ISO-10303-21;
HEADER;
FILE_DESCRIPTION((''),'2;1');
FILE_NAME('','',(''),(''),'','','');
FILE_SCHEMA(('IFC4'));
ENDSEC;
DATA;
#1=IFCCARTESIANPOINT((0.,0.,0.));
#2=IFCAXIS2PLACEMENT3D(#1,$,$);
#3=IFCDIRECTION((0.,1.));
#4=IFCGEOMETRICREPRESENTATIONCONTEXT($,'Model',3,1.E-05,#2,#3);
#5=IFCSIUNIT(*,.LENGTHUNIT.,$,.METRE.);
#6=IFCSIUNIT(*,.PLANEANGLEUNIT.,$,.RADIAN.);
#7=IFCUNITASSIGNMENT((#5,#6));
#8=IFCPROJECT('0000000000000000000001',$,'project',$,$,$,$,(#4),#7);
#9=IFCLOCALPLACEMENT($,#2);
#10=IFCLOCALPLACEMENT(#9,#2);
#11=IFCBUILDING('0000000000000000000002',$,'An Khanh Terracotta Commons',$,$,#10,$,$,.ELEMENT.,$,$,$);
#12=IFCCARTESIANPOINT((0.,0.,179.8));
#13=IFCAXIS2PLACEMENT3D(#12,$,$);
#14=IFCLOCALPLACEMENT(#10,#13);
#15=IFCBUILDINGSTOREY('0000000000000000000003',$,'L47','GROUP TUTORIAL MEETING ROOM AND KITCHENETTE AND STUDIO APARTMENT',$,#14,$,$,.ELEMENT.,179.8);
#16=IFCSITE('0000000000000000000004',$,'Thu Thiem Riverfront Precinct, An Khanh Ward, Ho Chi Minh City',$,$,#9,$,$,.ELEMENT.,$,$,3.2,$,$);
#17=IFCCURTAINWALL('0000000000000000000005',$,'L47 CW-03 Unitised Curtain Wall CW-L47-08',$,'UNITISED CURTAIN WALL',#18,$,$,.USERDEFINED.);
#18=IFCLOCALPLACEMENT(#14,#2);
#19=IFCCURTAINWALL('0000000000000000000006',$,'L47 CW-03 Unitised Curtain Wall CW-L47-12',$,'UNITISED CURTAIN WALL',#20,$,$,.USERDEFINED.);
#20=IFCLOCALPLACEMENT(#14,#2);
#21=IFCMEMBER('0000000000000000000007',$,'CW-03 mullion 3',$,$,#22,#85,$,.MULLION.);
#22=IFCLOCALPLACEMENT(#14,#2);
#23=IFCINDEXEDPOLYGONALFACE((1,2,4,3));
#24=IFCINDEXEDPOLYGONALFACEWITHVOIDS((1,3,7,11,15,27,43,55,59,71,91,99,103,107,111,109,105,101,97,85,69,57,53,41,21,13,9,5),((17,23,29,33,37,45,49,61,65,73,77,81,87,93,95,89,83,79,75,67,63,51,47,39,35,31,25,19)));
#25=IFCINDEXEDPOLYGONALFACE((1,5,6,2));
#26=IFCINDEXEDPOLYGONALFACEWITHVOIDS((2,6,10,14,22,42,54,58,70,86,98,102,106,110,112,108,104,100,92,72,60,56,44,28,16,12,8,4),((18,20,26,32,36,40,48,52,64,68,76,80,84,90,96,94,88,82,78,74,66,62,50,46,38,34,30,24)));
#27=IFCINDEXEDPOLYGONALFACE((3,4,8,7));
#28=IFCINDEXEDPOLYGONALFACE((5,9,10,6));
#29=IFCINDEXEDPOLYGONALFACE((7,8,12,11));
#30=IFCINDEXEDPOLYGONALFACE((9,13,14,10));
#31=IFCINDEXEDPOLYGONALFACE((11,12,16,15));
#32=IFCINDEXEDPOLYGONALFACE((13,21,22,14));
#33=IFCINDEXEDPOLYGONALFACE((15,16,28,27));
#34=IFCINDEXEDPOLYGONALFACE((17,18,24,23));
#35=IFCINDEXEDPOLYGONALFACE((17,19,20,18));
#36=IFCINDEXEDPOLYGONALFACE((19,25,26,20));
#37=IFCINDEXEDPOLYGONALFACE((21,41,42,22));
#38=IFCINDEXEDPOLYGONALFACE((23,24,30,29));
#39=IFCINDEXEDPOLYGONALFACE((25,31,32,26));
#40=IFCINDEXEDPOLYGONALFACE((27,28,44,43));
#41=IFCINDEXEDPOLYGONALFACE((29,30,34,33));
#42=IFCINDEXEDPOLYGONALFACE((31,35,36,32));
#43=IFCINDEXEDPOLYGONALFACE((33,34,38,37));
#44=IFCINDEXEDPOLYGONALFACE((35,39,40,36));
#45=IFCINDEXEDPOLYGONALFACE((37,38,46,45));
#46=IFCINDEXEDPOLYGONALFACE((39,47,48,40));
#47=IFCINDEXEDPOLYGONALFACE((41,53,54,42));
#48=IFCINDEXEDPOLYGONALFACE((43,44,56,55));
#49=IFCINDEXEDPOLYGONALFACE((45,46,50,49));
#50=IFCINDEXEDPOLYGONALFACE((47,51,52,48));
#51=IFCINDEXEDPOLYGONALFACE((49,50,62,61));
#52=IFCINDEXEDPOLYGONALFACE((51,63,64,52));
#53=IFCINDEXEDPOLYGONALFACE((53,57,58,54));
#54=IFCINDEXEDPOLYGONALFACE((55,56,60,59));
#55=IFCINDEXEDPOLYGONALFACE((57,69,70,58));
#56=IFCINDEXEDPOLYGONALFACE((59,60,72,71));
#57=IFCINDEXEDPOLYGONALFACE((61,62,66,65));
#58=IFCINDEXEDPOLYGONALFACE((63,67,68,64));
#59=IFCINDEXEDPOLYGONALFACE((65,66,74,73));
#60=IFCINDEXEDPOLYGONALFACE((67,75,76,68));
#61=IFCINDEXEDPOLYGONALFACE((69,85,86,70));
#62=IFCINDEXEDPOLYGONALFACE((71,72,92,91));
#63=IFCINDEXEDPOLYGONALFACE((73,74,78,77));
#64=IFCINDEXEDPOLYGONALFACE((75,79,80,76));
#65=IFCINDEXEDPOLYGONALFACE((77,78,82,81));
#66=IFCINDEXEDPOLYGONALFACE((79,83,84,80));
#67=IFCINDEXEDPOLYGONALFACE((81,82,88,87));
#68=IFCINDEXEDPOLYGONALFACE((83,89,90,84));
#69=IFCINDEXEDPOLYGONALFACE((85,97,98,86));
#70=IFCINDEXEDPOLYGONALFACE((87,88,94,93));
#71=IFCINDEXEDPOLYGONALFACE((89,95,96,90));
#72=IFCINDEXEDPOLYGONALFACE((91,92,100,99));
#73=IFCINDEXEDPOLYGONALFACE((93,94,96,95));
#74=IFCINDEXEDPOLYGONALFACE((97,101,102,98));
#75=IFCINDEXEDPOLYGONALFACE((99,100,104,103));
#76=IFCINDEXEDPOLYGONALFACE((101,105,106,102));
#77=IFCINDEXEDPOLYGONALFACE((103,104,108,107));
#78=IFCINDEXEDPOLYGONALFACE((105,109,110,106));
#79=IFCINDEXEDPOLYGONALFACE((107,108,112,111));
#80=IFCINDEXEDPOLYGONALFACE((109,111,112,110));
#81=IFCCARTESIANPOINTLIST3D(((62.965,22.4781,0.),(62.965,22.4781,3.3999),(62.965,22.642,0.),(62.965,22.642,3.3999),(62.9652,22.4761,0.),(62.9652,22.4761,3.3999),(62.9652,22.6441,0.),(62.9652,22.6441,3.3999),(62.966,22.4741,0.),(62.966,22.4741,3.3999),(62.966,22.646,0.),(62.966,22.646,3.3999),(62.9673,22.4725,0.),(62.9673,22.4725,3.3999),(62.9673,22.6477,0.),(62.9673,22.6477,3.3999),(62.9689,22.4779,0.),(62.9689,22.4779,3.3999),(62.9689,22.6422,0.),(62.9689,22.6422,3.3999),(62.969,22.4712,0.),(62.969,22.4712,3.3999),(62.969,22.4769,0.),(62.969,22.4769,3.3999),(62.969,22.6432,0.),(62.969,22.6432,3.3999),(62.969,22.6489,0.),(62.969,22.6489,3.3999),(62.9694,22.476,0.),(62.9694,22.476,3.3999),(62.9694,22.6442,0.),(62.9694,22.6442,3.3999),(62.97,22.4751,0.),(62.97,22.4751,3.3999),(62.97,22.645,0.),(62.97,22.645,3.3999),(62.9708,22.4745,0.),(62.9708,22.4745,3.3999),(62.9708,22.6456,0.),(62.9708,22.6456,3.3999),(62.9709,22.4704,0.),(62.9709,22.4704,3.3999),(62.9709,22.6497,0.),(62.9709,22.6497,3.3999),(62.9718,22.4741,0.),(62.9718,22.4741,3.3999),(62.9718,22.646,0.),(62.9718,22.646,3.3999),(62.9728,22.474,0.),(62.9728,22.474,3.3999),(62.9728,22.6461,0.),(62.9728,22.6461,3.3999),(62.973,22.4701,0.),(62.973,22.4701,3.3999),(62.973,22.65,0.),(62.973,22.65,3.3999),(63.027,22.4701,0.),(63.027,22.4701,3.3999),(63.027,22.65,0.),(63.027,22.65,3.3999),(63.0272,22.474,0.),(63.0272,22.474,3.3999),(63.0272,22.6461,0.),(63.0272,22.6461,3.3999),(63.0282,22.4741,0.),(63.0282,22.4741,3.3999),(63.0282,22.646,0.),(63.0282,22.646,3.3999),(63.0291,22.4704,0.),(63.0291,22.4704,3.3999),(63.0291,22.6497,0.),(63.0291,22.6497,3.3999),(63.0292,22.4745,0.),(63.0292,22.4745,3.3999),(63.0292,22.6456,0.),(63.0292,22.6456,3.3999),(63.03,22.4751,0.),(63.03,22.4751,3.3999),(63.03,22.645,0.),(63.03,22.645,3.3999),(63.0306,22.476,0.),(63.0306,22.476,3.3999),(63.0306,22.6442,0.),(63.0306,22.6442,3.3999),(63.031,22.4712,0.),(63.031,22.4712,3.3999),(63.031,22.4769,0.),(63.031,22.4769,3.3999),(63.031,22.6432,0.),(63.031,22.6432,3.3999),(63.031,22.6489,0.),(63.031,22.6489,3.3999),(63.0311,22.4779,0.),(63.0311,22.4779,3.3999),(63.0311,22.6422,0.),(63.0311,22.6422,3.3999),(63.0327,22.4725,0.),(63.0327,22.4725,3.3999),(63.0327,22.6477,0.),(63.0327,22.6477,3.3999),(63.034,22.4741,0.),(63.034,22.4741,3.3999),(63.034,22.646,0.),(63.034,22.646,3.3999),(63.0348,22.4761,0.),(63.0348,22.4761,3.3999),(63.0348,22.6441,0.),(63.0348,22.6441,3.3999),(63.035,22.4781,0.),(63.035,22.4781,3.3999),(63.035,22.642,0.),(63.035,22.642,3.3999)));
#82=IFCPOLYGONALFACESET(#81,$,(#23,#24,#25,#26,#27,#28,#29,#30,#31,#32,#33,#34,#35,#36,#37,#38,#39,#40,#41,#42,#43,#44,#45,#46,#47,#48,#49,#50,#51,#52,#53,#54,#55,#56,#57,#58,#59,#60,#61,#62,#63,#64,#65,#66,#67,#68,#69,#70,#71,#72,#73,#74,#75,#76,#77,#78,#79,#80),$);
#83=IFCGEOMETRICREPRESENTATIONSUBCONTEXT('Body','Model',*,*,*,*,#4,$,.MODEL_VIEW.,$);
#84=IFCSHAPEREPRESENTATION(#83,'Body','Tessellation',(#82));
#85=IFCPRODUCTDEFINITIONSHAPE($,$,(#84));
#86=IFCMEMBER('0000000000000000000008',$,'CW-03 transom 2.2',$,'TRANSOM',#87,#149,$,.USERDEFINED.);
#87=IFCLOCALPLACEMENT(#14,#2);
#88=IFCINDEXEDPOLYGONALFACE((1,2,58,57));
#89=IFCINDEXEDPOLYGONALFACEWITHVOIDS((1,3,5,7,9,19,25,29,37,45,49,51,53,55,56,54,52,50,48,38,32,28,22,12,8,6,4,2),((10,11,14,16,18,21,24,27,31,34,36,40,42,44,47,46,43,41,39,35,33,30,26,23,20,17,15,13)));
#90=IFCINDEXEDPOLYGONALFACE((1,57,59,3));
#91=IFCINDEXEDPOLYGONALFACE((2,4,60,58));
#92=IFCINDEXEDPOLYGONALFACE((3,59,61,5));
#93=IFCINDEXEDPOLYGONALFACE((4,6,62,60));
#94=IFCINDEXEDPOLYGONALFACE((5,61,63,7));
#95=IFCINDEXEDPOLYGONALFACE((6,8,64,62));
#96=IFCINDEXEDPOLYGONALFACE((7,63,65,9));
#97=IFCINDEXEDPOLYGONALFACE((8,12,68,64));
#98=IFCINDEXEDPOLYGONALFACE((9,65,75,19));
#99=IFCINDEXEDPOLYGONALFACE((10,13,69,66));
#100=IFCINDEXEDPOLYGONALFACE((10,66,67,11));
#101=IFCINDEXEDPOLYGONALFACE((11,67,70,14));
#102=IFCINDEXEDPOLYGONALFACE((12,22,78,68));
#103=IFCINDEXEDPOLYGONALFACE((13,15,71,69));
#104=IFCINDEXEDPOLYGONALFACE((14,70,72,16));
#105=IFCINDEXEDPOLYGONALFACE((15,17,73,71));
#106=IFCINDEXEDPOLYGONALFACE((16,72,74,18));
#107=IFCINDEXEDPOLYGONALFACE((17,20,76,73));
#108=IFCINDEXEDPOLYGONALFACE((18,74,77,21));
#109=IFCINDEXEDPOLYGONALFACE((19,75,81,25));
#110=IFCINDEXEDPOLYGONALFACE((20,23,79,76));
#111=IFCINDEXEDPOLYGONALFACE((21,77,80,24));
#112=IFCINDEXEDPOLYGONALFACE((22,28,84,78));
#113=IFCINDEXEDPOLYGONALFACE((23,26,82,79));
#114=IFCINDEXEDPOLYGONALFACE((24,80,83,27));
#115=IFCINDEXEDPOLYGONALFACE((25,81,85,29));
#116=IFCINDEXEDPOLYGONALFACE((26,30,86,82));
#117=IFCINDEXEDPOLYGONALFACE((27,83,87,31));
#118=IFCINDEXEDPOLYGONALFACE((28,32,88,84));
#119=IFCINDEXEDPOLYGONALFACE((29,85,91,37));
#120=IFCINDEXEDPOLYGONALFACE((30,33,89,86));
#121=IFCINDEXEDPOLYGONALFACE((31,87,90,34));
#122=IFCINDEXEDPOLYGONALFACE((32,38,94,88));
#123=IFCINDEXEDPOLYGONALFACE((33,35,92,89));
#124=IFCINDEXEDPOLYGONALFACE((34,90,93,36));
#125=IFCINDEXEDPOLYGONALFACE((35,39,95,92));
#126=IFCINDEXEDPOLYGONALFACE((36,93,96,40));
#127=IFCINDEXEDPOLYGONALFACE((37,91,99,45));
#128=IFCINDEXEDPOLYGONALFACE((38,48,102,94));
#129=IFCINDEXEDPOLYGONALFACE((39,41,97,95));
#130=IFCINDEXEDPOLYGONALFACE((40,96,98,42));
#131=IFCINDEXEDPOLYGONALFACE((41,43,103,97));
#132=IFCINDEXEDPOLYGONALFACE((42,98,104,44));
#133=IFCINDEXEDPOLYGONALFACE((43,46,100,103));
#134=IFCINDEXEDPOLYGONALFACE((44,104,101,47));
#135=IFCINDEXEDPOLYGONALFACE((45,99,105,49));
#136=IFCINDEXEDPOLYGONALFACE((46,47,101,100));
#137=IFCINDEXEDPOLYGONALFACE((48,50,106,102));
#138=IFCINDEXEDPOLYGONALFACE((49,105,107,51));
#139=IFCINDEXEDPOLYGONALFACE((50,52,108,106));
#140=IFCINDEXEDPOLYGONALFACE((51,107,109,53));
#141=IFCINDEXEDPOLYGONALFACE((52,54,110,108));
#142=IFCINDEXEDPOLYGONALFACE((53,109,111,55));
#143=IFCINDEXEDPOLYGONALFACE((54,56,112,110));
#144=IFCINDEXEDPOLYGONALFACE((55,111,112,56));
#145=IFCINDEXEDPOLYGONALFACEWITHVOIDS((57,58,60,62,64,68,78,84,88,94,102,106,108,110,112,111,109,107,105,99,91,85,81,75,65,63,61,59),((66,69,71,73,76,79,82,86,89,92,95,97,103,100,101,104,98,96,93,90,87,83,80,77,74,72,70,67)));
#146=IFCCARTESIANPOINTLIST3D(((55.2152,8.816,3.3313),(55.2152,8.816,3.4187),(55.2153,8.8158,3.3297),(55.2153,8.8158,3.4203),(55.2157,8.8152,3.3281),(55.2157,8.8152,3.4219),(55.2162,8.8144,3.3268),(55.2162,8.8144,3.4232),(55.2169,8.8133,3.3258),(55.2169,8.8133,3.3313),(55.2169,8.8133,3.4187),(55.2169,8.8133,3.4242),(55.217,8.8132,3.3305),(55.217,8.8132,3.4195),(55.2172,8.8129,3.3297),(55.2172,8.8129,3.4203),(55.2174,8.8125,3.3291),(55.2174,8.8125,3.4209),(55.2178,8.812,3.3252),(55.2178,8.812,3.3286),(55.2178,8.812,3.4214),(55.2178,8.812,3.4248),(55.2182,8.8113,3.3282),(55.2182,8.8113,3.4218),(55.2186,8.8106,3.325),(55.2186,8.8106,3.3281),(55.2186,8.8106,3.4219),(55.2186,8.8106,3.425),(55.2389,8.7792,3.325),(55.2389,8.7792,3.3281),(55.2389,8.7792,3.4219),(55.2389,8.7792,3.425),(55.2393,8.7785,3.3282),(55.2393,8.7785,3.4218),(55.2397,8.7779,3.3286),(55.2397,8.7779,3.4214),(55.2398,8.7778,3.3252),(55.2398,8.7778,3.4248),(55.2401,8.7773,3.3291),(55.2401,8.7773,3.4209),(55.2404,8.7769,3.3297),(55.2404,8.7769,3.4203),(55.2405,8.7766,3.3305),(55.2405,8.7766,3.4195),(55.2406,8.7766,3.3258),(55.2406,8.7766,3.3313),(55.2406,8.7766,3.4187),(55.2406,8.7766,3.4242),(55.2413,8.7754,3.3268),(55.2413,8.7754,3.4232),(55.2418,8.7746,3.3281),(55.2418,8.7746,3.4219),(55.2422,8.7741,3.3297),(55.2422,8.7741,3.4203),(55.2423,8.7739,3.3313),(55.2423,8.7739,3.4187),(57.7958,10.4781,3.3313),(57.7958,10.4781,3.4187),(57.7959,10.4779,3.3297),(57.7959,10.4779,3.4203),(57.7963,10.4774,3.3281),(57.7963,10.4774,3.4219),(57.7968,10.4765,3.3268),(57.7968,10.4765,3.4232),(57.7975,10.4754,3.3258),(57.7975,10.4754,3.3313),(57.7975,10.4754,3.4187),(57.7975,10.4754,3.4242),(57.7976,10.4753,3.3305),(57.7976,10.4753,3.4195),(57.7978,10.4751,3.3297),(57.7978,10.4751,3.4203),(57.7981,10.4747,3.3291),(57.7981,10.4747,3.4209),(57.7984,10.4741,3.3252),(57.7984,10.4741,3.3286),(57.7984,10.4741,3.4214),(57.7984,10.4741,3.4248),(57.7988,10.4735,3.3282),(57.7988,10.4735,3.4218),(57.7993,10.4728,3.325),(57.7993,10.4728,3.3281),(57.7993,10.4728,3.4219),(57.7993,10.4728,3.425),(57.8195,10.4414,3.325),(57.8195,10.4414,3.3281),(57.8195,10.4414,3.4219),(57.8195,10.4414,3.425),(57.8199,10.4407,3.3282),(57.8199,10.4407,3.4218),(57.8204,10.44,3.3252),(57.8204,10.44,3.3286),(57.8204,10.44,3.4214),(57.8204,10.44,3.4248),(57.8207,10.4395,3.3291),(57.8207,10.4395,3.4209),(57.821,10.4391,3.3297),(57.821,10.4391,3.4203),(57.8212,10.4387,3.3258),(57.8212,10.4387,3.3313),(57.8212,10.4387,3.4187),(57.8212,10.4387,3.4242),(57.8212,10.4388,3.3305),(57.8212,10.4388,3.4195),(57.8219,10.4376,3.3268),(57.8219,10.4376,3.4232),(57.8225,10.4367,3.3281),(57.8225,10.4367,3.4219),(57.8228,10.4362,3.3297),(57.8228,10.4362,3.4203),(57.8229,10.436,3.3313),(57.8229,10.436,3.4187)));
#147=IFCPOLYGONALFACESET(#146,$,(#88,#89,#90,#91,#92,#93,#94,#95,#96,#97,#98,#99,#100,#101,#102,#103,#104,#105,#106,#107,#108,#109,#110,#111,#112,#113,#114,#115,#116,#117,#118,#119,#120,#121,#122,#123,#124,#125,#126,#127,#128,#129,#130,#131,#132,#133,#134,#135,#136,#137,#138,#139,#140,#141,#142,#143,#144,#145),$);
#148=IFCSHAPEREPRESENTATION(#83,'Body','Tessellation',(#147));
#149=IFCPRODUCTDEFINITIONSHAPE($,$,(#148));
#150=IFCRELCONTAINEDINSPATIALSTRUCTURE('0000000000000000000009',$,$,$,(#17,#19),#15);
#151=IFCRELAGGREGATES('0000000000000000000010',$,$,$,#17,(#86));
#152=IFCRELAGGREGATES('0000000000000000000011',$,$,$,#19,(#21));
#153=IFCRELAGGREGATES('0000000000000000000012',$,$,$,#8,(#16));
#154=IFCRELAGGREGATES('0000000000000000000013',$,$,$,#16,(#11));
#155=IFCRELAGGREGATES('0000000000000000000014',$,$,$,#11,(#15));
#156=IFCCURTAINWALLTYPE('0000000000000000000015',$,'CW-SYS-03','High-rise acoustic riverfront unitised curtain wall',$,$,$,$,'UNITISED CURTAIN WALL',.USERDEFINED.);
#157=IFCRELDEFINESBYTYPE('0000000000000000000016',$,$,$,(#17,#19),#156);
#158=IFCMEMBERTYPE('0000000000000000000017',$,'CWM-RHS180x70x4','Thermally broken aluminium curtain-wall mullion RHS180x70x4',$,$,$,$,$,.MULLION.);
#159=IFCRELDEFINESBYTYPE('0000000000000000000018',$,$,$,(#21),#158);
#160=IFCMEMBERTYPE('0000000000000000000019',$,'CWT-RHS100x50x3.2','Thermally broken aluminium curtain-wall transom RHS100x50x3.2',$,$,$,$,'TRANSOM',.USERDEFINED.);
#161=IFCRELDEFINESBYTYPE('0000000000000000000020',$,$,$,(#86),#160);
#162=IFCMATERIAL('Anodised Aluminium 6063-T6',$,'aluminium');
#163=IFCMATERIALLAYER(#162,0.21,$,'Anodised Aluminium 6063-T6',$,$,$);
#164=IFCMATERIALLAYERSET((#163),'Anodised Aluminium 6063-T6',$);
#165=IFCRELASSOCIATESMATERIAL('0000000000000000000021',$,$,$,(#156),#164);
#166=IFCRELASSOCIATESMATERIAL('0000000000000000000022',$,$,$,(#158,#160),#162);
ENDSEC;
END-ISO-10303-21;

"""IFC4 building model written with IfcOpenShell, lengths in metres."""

from ifc_helpers import new_model, si_unit, direction, frame, origin, origin_2d, place, context, subcontext, project, spatial, hollow_rectangle, extrude, material, layer, layer_set, material_profile, profile_set, type_object, element, aggregate, save


model = new_model("IFC4")

# Units and contexts
model_context = context("Model", 3, precision=1e-05, world=origin(), true_north=direction((0.0, 1.0)))
body_context = subcontext(model_context, "Body", "Model", "MODEL_VIEW")
ifc_project = project(units=[si_unit("LENGTHUNIT", "METRE"), si_unit("PLANEANGLEUNIT", "RADIAN")], contexts=[model_context])

# Site, building, storey
site_placement = place(None, origin())
site = spatial("IfcSite", under=ifc_project, at=site_placement, Name="Thu Thiem Riverfront Precinct, An Khanh Ward, Ho Chi Minh City", CompositionType="ELEMENT", RefElevation=3.2)
building_placement = place(site_placement, origin())
building = spatial("IfcBuilding", under=site, at=building_placement, Name="An Khanh Terracotta Commons", CompositionType="ELEMENT")
storey_placement = place(building_placement, frame((0.0, 0.0, 179.8)))
storey = spatial("IfcBuildingStorey", under=building, at=storey_placement, Name="L47", Description="GROUP TUTORIAL MEETING ROOM AND KITCHENETTE AND STUDIO APARTMENT", CompositionType="ELEMENT", Elevation=179.8)

# Curtain walls, member
ifc_material_1 = material(Name="Anodised Aluminium 6063-T6", Category="aluminium")
ifc_layer_1 = layer(ifc_material_1, 0.21, Name="Anodised Aluminium 6063-T6")
ifc_layer_set_1 = layer_set([ifc_layer_1], Name="Anodised Aluminium 6063-T6")
curtain_wall_type = type_object("IfcCurtainWallType", Name="CW-SYS-03", Description="High-rise acoustic riverfront unitised curtain wall", ElementType="UNITISED CURTAIN WALL", PredefinedType="USERDEFINED", material=ifc_layer_set_1)
curtain_wall_1_placement = place(storey_placement, origin())
curtain_wall_1 = element("IfcCurtainWall", 1, at=curtain_wall_1_placement, inside=storey, type_object=curtain_wall_type, Name="L47 CW-03 Unitised Curtain Wall CW-L47-08", ObjectType="UNITISED CURTAIN WALL", PredefinedType="USERDEFINED")
ifc_material_profile_1 = material_profile(ifc_material_1, hollow_rectangle(XDim=0.0701, YDim=0.1799, WallThickness=0.0039, InnerFilletRadius=0.0039, OuterFilletRadius=0.0081, at=origin_2d()), Name="RHS180x70x4")
ifc_profile_set_1 = profile_set([ifc_material_profile_1], Name="Anodised Aluminium 6063-T6")
member_type_1 = type_object("IfcMemberType", Name="CWM-RHS180x70x4", Description="Thermally broken aluminium curtain-wall mullion RHS180x70x4", PredefinedType="MULLION", material=ifc_profile_set_1)
curtain_wall_2_placement = place(storey_placement, origin())
curtain_wall_2 = element("IfcCurtainWall", 2, at=curtain_wall_2_placement, inside=storey, type_object=curtain_wall_type, Name="L47 CW-03 Unitised Curtain Wall CW-L47-12", ObjectType="UNITISED CURTAIN WALL", PredefinedType="USERDEFINED")
member_1_placement = place(storey_placement, frame((63.0, 22.5601, 0.0), z_axis=(0.0, 0.0, 1.0), x_axis=(-1.0, 0.0, 0.0)))
member_1 = element("IfcMember", 3, at=member_1_placement, type_object=member_type_1, Name="CW-03 mullion 3", PredefinedType="MULLION", context=body_context, shape_type="SweptSolid", body=[
    extrude(hollow_rectangle(XDim=0.0701, YDim=0.1799, WallThickness=0.0039, InnerFilletRadius=0.0039, OuterFilletRadius=0.0081, at=origin_2d()), origin(), (0.0, 0.0, 1.0), 3.3999),
])

# Member
ifc_material_profile_2 = material_profile(ifc_material_1, hollow_rectangle(XDim=0.05, YDim=0.1001, WallThickness=0.0032, InnerFilletRadius=0.0032, OuterFilletRadius=0.0063, at=origin_2d()), Name="RHS100x50x3.2")
ifc_profile_set_2 = profile_set([ifc_material_profile_2], Name="Anodised Aluminium 6063-T6")
member_type_2 = type_object("IfcMemberType", Name="CWT-RHS100x50x3.2", Description="Thermally broken aluminium curtain-wall transom RHS100x50x3.2", ElementType="TRANSOM", PredefinedType="USERDEFINED", material=ifc_profile_set_2)
member_2_placement = place(storey_placement, frame((55.2288, 8.7949, 3.375), z_axis=(0.840708, 0.541489, 0.0), x_axis=(-0.541489, 0.840708, 0.0)))
member_2 = element("IfcMember", 4, at=member_2_placement, type_object=member_type_2, Name="CW-03 transom 2.2", ObjectType="TRANSOM", PredefinedType="USERDEFINED", context=body_context, shape_type="SweptSolid", body=[
    extrude(hollow_rectangle(XDim=0.05, YDim=0.1001, WallThickness=0.0032, InnerFilletRadius=0.0032, OuterFilletRadius=0.0063, at=origin_2d()), origin(), (0.0, 0.0, 1.0), 3.0696),
])

aggregate(curtain_wall_1, [member_2])
aggregate(curtain_wall_2, [member_1])

save(model, "model.ifc")
